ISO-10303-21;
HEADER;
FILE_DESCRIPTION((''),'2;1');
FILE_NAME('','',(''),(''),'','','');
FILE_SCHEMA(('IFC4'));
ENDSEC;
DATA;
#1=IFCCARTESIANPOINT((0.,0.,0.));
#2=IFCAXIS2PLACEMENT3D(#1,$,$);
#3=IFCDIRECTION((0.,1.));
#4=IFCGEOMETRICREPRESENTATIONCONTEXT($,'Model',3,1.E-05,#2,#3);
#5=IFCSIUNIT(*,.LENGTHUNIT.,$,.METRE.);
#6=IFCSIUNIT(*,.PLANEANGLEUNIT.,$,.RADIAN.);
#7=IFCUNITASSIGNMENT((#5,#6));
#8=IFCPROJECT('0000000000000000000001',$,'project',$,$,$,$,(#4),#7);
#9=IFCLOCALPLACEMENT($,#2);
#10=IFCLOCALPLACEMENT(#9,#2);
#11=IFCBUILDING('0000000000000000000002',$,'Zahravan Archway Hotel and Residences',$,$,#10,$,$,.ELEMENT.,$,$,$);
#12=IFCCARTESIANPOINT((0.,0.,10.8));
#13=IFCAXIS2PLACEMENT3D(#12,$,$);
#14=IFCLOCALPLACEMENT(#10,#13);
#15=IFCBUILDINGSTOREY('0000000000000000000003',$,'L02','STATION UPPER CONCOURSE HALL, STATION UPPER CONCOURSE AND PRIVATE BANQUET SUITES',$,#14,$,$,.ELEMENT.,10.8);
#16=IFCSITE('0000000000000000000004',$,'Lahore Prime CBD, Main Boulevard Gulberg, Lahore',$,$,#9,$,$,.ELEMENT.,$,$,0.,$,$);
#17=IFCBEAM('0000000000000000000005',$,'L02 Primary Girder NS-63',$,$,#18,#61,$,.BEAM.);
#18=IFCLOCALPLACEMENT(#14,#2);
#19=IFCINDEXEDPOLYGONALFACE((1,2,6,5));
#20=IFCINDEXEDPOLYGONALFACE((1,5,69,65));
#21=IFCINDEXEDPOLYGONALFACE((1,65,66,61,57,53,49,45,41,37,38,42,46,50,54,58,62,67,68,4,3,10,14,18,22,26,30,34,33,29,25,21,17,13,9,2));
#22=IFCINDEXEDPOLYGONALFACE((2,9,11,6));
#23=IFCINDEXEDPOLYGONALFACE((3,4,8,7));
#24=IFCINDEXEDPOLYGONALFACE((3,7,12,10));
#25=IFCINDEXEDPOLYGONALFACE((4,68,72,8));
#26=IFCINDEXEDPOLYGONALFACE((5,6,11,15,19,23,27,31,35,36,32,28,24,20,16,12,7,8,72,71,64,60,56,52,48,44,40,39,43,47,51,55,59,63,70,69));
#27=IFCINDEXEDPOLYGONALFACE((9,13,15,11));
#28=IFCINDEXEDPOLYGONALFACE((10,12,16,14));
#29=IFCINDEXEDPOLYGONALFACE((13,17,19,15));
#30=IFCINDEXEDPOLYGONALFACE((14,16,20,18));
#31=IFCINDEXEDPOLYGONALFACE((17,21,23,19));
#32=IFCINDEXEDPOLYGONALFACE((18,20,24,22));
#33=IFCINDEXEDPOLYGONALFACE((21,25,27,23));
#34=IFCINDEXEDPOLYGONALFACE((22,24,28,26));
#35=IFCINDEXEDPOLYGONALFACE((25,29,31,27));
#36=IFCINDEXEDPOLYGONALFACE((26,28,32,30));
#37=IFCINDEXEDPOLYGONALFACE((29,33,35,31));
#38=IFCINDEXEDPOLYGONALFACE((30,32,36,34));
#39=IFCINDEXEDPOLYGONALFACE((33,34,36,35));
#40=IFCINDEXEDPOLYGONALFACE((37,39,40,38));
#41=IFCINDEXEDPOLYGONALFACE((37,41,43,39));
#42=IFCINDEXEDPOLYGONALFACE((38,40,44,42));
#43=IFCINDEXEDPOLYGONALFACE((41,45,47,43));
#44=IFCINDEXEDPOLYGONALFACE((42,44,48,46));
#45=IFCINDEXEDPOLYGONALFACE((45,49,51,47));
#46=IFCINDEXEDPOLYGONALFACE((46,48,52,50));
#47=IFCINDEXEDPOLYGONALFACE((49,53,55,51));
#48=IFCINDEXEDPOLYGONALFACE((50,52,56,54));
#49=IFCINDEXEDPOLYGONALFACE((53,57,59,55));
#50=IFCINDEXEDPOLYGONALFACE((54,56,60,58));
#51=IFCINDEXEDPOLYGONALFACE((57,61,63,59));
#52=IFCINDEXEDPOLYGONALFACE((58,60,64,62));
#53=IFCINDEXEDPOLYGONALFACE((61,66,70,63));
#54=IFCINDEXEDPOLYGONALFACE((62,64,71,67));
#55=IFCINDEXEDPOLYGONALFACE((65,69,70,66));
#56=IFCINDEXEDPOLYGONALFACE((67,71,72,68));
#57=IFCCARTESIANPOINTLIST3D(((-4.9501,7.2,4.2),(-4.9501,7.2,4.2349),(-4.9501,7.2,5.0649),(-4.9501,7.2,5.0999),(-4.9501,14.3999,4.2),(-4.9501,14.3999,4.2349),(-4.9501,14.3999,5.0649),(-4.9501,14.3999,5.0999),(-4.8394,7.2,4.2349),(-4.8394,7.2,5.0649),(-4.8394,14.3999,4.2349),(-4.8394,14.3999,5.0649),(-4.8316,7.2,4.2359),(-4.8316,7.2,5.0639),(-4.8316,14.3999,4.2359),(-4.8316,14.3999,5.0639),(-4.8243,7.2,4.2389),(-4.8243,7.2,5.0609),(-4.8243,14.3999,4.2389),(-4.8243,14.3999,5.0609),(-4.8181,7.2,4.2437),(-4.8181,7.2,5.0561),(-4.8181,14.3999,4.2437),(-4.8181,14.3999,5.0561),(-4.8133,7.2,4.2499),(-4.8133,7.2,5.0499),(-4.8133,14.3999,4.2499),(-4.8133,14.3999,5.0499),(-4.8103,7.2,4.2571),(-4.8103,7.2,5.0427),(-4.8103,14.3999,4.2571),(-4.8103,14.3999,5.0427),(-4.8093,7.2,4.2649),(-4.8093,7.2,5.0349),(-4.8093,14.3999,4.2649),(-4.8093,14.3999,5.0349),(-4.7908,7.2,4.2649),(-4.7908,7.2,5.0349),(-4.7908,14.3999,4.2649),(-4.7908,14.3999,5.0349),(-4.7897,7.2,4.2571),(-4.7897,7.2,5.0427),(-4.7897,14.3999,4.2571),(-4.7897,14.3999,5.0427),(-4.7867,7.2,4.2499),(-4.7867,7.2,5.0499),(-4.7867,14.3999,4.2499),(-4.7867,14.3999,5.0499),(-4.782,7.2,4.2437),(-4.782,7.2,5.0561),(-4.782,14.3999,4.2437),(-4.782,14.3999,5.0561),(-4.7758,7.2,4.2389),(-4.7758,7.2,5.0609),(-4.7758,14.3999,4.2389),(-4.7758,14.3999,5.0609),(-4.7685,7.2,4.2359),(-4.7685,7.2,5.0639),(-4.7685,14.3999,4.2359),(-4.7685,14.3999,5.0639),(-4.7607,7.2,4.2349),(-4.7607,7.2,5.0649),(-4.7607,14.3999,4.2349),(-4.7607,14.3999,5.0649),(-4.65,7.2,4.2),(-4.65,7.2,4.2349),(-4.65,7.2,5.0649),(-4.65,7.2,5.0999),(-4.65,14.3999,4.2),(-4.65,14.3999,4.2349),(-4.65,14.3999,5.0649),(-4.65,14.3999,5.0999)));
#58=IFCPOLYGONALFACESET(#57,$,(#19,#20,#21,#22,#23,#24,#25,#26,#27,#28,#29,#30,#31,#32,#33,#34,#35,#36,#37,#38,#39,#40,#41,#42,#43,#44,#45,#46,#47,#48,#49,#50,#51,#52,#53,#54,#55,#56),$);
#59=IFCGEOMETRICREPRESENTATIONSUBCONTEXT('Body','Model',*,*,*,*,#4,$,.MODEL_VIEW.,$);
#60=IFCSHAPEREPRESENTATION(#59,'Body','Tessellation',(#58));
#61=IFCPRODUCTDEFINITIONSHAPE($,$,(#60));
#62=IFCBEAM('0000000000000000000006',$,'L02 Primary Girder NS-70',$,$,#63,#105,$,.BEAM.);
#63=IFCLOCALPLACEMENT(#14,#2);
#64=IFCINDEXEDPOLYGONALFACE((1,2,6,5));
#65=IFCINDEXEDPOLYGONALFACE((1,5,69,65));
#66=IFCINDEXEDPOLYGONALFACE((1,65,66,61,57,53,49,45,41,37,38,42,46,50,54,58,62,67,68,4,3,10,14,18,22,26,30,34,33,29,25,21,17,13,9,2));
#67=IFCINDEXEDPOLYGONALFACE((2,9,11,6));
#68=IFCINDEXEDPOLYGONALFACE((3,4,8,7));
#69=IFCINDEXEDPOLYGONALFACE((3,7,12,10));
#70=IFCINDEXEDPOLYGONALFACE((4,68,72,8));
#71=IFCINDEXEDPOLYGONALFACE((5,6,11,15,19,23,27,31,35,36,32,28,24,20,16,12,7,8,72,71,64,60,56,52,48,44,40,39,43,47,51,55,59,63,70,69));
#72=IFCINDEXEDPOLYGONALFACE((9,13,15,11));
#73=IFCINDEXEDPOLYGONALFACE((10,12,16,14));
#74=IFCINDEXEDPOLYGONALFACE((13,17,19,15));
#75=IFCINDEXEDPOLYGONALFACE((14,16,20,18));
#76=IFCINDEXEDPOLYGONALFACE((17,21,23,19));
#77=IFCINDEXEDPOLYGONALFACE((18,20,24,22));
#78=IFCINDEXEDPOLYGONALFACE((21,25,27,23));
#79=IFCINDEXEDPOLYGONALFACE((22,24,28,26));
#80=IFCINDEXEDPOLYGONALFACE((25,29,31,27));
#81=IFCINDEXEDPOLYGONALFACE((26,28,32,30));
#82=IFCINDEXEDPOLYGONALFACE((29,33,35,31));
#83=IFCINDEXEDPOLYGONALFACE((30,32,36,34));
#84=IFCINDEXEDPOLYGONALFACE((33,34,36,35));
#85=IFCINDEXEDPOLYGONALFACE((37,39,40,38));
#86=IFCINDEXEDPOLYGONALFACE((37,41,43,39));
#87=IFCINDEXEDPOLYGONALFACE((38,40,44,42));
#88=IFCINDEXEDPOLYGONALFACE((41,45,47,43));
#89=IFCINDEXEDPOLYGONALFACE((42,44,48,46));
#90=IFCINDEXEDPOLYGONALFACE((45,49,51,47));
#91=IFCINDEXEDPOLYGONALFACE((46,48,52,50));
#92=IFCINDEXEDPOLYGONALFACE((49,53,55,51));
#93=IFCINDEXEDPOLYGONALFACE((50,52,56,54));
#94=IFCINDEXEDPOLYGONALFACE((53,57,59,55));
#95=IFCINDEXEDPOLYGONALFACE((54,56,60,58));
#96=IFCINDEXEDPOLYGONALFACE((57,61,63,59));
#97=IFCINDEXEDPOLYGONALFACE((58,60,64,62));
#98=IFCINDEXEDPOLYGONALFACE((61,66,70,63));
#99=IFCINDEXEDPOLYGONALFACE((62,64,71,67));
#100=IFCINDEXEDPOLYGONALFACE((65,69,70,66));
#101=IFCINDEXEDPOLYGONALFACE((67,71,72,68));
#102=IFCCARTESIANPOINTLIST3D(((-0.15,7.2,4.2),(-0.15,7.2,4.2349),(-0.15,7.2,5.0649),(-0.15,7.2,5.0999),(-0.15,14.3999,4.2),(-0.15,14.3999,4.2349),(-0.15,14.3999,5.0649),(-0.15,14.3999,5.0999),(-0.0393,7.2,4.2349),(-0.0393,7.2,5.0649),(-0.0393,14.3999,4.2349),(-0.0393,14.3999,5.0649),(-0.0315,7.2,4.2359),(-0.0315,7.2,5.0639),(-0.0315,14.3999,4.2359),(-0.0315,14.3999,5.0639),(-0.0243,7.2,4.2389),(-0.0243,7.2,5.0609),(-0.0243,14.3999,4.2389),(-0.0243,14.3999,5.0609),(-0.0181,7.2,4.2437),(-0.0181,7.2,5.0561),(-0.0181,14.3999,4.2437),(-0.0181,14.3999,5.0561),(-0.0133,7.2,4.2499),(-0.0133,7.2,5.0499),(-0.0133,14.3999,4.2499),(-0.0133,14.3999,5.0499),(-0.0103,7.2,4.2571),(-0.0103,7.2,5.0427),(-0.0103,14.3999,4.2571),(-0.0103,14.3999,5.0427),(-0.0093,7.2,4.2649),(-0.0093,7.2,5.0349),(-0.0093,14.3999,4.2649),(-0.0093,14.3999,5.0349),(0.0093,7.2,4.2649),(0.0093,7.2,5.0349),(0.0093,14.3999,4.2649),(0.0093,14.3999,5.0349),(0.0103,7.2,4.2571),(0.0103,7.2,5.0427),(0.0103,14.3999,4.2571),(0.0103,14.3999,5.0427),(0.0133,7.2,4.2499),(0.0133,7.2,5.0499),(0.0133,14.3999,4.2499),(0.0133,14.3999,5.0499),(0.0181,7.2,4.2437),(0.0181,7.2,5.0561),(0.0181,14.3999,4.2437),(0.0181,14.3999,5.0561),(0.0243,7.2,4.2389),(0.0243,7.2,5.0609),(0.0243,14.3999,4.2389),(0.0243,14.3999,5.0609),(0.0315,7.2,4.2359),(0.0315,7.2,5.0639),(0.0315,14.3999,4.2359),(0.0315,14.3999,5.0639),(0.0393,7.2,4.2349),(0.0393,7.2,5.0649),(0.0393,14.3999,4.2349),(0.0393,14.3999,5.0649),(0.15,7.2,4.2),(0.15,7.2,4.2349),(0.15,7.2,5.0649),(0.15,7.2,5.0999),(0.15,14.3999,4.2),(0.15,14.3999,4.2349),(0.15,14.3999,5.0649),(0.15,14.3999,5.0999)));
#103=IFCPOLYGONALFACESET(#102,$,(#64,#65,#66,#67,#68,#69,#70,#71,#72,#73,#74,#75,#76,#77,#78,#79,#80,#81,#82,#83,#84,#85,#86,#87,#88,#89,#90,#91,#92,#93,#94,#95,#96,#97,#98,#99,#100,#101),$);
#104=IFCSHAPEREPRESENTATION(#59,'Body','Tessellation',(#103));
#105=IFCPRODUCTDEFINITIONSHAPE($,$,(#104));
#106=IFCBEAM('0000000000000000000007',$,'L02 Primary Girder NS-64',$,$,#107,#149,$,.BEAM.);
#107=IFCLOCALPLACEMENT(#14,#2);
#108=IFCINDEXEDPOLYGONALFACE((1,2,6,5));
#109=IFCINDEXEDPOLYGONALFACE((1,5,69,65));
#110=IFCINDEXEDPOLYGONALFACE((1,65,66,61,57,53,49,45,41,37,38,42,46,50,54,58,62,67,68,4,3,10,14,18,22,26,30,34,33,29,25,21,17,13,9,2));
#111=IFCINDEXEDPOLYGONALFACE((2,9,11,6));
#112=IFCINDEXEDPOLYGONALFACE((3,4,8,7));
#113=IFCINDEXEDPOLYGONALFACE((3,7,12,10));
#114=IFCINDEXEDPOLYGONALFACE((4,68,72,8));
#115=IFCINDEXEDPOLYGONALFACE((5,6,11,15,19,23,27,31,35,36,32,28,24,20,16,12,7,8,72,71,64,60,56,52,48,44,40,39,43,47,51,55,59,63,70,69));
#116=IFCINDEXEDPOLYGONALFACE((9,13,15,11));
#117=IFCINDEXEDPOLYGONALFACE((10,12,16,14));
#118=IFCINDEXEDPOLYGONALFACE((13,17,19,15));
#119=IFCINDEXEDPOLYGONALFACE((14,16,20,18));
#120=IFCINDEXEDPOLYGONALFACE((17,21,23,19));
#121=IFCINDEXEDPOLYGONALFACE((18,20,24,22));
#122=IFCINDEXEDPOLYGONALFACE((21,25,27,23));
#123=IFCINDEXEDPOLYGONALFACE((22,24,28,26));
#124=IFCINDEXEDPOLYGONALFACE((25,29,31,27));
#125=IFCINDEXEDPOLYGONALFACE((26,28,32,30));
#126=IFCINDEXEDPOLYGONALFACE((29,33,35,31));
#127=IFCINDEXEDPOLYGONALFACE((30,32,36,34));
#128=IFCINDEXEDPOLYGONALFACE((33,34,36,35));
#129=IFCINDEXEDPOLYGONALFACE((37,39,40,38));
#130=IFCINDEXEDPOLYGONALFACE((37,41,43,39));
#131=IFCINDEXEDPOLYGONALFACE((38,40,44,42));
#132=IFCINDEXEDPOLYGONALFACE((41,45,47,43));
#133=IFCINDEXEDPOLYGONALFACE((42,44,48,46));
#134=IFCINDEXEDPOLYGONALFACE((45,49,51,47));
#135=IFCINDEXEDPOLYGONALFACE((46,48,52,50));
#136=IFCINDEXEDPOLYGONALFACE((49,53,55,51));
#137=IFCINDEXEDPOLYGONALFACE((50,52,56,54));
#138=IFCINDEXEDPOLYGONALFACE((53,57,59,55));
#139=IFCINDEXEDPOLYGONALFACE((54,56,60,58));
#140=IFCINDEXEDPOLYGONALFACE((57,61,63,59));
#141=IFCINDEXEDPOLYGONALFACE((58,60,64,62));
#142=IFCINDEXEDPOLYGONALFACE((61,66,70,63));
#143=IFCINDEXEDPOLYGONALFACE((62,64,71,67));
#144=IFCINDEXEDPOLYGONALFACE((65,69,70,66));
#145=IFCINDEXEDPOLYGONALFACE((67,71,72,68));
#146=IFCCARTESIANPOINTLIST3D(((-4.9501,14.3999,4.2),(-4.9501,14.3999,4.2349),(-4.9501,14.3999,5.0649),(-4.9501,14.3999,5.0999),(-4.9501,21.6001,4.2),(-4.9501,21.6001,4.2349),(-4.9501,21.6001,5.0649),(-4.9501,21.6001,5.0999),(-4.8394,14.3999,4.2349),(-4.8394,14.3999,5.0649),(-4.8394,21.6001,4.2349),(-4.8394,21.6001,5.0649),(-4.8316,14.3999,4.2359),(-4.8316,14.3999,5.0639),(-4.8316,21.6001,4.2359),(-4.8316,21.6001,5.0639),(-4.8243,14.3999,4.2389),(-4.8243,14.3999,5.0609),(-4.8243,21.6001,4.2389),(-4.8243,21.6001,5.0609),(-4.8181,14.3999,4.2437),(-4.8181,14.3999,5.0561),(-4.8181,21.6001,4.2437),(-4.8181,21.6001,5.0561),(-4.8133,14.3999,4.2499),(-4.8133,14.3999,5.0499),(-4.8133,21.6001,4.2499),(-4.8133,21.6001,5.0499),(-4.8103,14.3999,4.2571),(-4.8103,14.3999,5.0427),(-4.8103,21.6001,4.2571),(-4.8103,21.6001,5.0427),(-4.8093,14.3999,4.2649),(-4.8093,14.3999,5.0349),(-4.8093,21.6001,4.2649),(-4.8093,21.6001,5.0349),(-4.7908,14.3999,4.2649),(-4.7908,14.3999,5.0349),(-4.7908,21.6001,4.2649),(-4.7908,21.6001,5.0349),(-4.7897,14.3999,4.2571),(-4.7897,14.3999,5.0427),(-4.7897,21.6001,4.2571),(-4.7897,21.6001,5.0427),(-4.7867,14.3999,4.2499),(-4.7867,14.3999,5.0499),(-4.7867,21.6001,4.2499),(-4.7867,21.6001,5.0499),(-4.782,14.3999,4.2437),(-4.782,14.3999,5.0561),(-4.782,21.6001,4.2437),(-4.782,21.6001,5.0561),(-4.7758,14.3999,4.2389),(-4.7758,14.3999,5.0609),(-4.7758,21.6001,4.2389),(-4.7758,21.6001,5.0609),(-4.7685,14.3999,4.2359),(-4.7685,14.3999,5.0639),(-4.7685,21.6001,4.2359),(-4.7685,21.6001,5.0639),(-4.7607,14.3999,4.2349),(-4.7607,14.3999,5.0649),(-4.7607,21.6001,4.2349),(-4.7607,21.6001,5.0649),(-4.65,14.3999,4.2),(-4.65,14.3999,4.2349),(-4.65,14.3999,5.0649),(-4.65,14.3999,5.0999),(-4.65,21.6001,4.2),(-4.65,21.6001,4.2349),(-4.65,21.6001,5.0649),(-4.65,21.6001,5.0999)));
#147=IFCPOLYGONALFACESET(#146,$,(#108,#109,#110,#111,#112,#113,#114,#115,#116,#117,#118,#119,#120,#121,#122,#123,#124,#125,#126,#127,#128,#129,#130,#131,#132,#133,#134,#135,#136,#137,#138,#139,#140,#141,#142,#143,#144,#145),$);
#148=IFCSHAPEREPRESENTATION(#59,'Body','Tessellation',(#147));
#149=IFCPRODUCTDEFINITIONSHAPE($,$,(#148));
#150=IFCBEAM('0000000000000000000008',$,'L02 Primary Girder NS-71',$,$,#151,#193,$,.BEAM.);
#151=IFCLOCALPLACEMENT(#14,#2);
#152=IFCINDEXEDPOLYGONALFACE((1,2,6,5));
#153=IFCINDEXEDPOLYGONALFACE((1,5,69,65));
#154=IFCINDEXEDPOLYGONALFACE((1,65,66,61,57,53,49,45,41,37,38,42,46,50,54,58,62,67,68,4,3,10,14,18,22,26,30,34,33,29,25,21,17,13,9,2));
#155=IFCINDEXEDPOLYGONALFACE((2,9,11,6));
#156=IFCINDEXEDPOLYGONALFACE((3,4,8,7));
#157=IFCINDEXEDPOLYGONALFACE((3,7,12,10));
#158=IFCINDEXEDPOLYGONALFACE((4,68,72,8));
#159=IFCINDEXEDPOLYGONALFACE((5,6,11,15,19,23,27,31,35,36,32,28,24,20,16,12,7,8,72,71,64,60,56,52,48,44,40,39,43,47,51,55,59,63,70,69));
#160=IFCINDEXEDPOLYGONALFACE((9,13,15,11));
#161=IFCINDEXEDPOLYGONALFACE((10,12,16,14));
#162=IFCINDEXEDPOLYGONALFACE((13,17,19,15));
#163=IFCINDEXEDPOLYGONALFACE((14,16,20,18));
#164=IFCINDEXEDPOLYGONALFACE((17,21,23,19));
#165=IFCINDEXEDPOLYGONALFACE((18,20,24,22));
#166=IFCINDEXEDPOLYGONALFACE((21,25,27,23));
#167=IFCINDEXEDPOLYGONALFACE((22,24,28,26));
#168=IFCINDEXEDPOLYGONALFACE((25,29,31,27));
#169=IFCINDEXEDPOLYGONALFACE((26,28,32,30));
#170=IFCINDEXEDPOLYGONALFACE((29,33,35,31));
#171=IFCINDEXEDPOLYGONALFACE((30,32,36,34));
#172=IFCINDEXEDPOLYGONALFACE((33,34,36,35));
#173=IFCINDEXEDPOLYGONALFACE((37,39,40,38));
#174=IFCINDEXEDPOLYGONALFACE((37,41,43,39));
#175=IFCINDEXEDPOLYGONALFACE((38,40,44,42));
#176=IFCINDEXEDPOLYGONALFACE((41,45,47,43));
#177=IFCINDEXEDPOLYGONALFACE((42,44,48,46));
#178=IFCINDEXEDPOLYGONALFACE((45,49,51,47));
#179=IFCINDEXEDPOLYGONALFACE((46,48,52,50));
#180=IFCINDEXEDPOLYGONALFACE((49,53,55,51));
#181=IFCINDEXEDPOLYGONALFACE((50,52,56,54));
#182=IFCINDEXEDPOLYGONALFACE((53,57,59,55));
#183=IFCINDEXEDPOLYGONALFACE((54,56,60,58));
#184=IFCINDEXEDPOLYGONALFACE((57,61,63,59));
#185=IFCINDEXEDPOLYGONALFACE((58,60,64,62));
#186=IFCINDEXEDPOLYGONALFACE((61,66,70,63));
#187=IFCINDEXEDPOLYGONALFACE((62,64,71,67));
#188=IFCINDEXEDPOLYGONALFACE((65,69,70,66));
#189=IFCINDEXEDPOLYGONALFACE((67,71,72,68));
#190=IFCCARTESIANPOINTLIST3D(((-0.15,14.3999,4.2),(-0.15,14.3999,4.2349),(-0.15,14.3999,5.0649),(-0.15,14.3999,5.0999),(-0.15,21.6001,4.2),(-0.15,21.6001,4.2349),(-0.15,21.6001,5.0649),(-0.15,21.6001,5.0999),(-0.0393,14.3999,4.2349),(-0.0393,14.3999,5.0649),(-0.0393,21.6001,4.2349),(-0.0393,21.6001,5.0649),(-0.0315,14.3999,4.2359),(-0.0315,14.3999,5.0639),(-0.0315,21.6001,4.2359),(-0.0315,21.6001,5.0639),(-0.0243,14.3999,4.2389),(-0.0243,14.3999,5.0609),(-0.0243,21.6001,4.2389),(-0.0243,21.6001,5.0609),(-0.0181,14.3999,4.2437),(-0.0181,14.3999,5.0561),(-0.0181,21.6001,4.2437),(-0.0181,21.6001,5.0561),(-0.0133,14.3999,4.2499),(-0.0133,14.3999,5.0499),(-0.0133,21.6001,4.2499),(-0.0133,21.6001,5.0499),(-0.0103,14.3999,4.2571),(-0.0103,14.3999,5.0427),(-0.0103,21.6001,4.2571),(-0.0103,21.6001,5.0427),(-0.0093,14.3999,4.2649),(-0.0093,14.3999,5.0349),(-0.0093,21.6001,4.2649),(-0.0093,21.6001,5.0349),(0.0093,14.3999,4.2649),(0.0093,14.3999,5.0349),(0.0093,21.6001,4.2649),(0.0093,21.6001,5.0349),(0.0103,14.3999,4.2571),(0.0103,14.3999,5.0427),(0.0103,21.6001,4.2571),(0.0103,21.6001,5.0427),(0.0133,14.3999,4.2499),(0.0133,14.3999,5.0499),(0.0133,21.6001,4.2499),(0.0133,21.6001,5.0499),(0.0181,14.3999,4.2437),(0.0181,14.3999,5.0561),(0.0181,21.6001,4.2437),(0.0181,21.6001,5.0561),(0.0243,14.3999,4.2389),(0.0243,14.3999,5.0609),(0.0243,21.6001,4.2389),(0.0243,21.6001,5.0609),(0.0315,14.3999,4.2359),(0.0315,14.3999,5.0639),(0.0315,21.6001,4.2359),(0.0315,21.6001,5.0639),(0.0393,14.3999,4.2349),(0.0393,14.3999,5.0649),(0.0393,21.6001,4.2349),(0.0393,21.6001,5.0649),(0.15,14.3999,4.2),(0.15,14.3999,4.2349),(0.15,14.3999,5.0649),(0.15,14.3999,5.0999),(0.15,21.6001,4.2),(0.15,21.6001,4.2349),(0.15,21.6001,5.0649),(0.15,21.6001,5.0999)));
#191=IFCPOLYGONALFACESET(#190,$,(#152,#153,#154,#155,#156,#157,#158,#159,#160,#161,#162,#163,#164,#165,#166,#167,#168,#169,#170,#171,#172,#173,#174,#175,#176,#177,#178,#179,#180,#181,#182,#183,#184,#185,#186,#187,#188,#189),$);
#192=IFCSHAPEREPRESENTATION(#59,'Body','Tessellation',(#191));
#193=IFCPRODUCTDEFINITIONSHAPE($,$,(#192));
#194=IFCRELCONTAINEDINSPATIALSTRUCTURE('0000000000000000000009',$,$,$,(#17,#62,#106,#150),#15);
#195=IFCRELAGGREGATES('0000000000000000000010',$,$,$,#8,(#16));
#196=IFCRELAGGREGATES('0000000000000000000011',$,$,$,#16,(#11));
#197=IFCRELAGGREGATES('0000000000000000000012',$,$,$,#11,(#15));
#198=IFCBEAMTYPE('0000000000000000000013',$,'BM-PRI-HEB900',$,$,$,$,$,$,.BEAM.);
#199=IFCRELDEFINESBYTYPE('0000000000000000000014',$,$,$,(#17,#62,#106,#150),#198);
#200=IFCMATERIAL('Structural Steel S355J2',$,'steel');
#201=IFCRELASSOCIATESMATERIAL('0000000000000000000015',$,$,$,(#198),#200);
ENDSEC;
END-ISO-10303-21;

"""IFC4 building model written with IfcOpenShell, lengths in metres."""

from ifc_helpers import new_model, si_unit, direction, frame, origin, origin_2d, place, context, subcontext, project, spatial, i_section, extrude, source, transform, mapped, material, material_profile, profile_set, type_object, element, save


model = new_model("IFC4")

# Units and contexts
model_context = context("Model", 3, precision=1e-05, world=origin(), true_north=direction((0.0, 1.0)))
body_context = subcontext(model_context, "Body", "Model", "MODEL_VIEW")
ifc_project = project(units=[si_unit("LENGTHUNIT", "METRE"), si_unit("PLANEANGLEUNIT", "RADIAN")], contexts=[model_context])

# Site, building, storey
site_placement = place(None, origin())
site = spatial("IfcSite", under=ifc_project, at=site_placement, Name="Lahore Prime CBD, Main Boulevard Gulberg, Lahore", CompositionType="ELEMENT", RefElevation=0.0)
building_placement = place(site_placement, origin())
building = spatial("IfcBuilding", under=site, at=building_placement, Name="Zahravan Archway Hotel and Residences", CompositionType="ELEMENT")
storey_placement = place(building_placement, frame((0.0, 0.0, 10.8)))
storey = spatial("IfcBuildingStorey", under=building, at=storey_placement, Name="L02", Description="STATION UPPER CONCOURSE HALL, STATION UPPER CONCOURSE AND PRIVATE BANQUET SUITES", CompositionType="ELEMENT", Elevation=10.8)

# Beams
ifc_material_1 = material(Name="Structural Steel S355J2", Category="steel")
ifc_material_profile_1 = material_profile(ifc_material_1, i_section(OverallWidth=0.3, OverallDepth=0.8999, WebThickness=0.0186, FlangeThickness=0.0349, FilletRadius=0.03, at=origin_2d()), Name="HEB 900", Category="steel")
ifc_profile_set_1 = profile_set([ifc_material_profile_1], Name="Structural Steel S355J2")
beam_type_1 = type_object("IfcBeamType", Name="BM-PRI-HEB900", PredefinedType="BEAM", material=ifc_profile_set_1)
shared_shape_1 = source(origin(), body_context, "Body", "SweptSolid", [
    extrude(i_section(OverallWidth=0.3, OverallDepth=0.8999, WebThickness=0.0186, FlangeThickness=0.0349, FilletRadius=0.03, at=origin_2d()), origin(), (0.0, 0.0, 1.0), 7.2),
])
for number, where, z_axis, x_axis, name in (
    (1, (-4.8, 7.2, 4.6499), (0.0, 1.0, 0.0), (-1.0, 0.0, 0.0), "L02 Primary Girder NS-63"),
    (2, (0.0, 7.2, 4.6499), (0.0, 1.0, 0.0), (-1.0, 0.0, 0.0), "L02 Primary Girder NS-70"),
):
    element("IfcBeam", number, at=place(storey_placement, frame(where, z_axis=z_axis, x_axis=x_axis)), inside=storey, type_object=beam_type_1, Name=name, PredefinedType="BEAM", context=body_context, shape_type="MappedRepresentation", body=[
        mapped(shared_shape_1, transform((0.0, 0.0, 0.0), scale=1.0)),
    ])
shared_shape_2 = source(origin(), body_context, "Body", "SweptSolid", [
    extrude(i_section(OverallWidth=0.3, OverallDepth=0.8999, WebThickness=0.0186, FlangeThickness=0.0349, FilletRadius=0.03, at=origin_2d()), origin(), (0.0, 0.0, 1.0), 7.2002),
])
for number, where, z_axis, x_axis, name in (
    (3, (-4.8, 14.3999, 4.6499), (0.0, 1.0, 0.0), (-1.0, 0.0, 0.0), "L02 Primary Girder NS-64"),
    (4, (0.0, 14.3999, 4.6499), (0.0, 1.0, 0.0), (-1.0, 0.0, 0.0), "L02 Primary Girder NS-71"),
):
    element("IfcBeam", number, at=place(storey_placement, frame(where, z_axis=z_axis, x_axis=x_axis)), inside=storey, type_object=beam_type_1, Name=name, PredefinedType="BEAM", context=body_context, shape_type="MappedRepresentation", body=[
        mapped(shared_shape_2, transform((0.0, 0.0, 0.0), scale=1.0)),
    ])

save(model, "model.ifc")
